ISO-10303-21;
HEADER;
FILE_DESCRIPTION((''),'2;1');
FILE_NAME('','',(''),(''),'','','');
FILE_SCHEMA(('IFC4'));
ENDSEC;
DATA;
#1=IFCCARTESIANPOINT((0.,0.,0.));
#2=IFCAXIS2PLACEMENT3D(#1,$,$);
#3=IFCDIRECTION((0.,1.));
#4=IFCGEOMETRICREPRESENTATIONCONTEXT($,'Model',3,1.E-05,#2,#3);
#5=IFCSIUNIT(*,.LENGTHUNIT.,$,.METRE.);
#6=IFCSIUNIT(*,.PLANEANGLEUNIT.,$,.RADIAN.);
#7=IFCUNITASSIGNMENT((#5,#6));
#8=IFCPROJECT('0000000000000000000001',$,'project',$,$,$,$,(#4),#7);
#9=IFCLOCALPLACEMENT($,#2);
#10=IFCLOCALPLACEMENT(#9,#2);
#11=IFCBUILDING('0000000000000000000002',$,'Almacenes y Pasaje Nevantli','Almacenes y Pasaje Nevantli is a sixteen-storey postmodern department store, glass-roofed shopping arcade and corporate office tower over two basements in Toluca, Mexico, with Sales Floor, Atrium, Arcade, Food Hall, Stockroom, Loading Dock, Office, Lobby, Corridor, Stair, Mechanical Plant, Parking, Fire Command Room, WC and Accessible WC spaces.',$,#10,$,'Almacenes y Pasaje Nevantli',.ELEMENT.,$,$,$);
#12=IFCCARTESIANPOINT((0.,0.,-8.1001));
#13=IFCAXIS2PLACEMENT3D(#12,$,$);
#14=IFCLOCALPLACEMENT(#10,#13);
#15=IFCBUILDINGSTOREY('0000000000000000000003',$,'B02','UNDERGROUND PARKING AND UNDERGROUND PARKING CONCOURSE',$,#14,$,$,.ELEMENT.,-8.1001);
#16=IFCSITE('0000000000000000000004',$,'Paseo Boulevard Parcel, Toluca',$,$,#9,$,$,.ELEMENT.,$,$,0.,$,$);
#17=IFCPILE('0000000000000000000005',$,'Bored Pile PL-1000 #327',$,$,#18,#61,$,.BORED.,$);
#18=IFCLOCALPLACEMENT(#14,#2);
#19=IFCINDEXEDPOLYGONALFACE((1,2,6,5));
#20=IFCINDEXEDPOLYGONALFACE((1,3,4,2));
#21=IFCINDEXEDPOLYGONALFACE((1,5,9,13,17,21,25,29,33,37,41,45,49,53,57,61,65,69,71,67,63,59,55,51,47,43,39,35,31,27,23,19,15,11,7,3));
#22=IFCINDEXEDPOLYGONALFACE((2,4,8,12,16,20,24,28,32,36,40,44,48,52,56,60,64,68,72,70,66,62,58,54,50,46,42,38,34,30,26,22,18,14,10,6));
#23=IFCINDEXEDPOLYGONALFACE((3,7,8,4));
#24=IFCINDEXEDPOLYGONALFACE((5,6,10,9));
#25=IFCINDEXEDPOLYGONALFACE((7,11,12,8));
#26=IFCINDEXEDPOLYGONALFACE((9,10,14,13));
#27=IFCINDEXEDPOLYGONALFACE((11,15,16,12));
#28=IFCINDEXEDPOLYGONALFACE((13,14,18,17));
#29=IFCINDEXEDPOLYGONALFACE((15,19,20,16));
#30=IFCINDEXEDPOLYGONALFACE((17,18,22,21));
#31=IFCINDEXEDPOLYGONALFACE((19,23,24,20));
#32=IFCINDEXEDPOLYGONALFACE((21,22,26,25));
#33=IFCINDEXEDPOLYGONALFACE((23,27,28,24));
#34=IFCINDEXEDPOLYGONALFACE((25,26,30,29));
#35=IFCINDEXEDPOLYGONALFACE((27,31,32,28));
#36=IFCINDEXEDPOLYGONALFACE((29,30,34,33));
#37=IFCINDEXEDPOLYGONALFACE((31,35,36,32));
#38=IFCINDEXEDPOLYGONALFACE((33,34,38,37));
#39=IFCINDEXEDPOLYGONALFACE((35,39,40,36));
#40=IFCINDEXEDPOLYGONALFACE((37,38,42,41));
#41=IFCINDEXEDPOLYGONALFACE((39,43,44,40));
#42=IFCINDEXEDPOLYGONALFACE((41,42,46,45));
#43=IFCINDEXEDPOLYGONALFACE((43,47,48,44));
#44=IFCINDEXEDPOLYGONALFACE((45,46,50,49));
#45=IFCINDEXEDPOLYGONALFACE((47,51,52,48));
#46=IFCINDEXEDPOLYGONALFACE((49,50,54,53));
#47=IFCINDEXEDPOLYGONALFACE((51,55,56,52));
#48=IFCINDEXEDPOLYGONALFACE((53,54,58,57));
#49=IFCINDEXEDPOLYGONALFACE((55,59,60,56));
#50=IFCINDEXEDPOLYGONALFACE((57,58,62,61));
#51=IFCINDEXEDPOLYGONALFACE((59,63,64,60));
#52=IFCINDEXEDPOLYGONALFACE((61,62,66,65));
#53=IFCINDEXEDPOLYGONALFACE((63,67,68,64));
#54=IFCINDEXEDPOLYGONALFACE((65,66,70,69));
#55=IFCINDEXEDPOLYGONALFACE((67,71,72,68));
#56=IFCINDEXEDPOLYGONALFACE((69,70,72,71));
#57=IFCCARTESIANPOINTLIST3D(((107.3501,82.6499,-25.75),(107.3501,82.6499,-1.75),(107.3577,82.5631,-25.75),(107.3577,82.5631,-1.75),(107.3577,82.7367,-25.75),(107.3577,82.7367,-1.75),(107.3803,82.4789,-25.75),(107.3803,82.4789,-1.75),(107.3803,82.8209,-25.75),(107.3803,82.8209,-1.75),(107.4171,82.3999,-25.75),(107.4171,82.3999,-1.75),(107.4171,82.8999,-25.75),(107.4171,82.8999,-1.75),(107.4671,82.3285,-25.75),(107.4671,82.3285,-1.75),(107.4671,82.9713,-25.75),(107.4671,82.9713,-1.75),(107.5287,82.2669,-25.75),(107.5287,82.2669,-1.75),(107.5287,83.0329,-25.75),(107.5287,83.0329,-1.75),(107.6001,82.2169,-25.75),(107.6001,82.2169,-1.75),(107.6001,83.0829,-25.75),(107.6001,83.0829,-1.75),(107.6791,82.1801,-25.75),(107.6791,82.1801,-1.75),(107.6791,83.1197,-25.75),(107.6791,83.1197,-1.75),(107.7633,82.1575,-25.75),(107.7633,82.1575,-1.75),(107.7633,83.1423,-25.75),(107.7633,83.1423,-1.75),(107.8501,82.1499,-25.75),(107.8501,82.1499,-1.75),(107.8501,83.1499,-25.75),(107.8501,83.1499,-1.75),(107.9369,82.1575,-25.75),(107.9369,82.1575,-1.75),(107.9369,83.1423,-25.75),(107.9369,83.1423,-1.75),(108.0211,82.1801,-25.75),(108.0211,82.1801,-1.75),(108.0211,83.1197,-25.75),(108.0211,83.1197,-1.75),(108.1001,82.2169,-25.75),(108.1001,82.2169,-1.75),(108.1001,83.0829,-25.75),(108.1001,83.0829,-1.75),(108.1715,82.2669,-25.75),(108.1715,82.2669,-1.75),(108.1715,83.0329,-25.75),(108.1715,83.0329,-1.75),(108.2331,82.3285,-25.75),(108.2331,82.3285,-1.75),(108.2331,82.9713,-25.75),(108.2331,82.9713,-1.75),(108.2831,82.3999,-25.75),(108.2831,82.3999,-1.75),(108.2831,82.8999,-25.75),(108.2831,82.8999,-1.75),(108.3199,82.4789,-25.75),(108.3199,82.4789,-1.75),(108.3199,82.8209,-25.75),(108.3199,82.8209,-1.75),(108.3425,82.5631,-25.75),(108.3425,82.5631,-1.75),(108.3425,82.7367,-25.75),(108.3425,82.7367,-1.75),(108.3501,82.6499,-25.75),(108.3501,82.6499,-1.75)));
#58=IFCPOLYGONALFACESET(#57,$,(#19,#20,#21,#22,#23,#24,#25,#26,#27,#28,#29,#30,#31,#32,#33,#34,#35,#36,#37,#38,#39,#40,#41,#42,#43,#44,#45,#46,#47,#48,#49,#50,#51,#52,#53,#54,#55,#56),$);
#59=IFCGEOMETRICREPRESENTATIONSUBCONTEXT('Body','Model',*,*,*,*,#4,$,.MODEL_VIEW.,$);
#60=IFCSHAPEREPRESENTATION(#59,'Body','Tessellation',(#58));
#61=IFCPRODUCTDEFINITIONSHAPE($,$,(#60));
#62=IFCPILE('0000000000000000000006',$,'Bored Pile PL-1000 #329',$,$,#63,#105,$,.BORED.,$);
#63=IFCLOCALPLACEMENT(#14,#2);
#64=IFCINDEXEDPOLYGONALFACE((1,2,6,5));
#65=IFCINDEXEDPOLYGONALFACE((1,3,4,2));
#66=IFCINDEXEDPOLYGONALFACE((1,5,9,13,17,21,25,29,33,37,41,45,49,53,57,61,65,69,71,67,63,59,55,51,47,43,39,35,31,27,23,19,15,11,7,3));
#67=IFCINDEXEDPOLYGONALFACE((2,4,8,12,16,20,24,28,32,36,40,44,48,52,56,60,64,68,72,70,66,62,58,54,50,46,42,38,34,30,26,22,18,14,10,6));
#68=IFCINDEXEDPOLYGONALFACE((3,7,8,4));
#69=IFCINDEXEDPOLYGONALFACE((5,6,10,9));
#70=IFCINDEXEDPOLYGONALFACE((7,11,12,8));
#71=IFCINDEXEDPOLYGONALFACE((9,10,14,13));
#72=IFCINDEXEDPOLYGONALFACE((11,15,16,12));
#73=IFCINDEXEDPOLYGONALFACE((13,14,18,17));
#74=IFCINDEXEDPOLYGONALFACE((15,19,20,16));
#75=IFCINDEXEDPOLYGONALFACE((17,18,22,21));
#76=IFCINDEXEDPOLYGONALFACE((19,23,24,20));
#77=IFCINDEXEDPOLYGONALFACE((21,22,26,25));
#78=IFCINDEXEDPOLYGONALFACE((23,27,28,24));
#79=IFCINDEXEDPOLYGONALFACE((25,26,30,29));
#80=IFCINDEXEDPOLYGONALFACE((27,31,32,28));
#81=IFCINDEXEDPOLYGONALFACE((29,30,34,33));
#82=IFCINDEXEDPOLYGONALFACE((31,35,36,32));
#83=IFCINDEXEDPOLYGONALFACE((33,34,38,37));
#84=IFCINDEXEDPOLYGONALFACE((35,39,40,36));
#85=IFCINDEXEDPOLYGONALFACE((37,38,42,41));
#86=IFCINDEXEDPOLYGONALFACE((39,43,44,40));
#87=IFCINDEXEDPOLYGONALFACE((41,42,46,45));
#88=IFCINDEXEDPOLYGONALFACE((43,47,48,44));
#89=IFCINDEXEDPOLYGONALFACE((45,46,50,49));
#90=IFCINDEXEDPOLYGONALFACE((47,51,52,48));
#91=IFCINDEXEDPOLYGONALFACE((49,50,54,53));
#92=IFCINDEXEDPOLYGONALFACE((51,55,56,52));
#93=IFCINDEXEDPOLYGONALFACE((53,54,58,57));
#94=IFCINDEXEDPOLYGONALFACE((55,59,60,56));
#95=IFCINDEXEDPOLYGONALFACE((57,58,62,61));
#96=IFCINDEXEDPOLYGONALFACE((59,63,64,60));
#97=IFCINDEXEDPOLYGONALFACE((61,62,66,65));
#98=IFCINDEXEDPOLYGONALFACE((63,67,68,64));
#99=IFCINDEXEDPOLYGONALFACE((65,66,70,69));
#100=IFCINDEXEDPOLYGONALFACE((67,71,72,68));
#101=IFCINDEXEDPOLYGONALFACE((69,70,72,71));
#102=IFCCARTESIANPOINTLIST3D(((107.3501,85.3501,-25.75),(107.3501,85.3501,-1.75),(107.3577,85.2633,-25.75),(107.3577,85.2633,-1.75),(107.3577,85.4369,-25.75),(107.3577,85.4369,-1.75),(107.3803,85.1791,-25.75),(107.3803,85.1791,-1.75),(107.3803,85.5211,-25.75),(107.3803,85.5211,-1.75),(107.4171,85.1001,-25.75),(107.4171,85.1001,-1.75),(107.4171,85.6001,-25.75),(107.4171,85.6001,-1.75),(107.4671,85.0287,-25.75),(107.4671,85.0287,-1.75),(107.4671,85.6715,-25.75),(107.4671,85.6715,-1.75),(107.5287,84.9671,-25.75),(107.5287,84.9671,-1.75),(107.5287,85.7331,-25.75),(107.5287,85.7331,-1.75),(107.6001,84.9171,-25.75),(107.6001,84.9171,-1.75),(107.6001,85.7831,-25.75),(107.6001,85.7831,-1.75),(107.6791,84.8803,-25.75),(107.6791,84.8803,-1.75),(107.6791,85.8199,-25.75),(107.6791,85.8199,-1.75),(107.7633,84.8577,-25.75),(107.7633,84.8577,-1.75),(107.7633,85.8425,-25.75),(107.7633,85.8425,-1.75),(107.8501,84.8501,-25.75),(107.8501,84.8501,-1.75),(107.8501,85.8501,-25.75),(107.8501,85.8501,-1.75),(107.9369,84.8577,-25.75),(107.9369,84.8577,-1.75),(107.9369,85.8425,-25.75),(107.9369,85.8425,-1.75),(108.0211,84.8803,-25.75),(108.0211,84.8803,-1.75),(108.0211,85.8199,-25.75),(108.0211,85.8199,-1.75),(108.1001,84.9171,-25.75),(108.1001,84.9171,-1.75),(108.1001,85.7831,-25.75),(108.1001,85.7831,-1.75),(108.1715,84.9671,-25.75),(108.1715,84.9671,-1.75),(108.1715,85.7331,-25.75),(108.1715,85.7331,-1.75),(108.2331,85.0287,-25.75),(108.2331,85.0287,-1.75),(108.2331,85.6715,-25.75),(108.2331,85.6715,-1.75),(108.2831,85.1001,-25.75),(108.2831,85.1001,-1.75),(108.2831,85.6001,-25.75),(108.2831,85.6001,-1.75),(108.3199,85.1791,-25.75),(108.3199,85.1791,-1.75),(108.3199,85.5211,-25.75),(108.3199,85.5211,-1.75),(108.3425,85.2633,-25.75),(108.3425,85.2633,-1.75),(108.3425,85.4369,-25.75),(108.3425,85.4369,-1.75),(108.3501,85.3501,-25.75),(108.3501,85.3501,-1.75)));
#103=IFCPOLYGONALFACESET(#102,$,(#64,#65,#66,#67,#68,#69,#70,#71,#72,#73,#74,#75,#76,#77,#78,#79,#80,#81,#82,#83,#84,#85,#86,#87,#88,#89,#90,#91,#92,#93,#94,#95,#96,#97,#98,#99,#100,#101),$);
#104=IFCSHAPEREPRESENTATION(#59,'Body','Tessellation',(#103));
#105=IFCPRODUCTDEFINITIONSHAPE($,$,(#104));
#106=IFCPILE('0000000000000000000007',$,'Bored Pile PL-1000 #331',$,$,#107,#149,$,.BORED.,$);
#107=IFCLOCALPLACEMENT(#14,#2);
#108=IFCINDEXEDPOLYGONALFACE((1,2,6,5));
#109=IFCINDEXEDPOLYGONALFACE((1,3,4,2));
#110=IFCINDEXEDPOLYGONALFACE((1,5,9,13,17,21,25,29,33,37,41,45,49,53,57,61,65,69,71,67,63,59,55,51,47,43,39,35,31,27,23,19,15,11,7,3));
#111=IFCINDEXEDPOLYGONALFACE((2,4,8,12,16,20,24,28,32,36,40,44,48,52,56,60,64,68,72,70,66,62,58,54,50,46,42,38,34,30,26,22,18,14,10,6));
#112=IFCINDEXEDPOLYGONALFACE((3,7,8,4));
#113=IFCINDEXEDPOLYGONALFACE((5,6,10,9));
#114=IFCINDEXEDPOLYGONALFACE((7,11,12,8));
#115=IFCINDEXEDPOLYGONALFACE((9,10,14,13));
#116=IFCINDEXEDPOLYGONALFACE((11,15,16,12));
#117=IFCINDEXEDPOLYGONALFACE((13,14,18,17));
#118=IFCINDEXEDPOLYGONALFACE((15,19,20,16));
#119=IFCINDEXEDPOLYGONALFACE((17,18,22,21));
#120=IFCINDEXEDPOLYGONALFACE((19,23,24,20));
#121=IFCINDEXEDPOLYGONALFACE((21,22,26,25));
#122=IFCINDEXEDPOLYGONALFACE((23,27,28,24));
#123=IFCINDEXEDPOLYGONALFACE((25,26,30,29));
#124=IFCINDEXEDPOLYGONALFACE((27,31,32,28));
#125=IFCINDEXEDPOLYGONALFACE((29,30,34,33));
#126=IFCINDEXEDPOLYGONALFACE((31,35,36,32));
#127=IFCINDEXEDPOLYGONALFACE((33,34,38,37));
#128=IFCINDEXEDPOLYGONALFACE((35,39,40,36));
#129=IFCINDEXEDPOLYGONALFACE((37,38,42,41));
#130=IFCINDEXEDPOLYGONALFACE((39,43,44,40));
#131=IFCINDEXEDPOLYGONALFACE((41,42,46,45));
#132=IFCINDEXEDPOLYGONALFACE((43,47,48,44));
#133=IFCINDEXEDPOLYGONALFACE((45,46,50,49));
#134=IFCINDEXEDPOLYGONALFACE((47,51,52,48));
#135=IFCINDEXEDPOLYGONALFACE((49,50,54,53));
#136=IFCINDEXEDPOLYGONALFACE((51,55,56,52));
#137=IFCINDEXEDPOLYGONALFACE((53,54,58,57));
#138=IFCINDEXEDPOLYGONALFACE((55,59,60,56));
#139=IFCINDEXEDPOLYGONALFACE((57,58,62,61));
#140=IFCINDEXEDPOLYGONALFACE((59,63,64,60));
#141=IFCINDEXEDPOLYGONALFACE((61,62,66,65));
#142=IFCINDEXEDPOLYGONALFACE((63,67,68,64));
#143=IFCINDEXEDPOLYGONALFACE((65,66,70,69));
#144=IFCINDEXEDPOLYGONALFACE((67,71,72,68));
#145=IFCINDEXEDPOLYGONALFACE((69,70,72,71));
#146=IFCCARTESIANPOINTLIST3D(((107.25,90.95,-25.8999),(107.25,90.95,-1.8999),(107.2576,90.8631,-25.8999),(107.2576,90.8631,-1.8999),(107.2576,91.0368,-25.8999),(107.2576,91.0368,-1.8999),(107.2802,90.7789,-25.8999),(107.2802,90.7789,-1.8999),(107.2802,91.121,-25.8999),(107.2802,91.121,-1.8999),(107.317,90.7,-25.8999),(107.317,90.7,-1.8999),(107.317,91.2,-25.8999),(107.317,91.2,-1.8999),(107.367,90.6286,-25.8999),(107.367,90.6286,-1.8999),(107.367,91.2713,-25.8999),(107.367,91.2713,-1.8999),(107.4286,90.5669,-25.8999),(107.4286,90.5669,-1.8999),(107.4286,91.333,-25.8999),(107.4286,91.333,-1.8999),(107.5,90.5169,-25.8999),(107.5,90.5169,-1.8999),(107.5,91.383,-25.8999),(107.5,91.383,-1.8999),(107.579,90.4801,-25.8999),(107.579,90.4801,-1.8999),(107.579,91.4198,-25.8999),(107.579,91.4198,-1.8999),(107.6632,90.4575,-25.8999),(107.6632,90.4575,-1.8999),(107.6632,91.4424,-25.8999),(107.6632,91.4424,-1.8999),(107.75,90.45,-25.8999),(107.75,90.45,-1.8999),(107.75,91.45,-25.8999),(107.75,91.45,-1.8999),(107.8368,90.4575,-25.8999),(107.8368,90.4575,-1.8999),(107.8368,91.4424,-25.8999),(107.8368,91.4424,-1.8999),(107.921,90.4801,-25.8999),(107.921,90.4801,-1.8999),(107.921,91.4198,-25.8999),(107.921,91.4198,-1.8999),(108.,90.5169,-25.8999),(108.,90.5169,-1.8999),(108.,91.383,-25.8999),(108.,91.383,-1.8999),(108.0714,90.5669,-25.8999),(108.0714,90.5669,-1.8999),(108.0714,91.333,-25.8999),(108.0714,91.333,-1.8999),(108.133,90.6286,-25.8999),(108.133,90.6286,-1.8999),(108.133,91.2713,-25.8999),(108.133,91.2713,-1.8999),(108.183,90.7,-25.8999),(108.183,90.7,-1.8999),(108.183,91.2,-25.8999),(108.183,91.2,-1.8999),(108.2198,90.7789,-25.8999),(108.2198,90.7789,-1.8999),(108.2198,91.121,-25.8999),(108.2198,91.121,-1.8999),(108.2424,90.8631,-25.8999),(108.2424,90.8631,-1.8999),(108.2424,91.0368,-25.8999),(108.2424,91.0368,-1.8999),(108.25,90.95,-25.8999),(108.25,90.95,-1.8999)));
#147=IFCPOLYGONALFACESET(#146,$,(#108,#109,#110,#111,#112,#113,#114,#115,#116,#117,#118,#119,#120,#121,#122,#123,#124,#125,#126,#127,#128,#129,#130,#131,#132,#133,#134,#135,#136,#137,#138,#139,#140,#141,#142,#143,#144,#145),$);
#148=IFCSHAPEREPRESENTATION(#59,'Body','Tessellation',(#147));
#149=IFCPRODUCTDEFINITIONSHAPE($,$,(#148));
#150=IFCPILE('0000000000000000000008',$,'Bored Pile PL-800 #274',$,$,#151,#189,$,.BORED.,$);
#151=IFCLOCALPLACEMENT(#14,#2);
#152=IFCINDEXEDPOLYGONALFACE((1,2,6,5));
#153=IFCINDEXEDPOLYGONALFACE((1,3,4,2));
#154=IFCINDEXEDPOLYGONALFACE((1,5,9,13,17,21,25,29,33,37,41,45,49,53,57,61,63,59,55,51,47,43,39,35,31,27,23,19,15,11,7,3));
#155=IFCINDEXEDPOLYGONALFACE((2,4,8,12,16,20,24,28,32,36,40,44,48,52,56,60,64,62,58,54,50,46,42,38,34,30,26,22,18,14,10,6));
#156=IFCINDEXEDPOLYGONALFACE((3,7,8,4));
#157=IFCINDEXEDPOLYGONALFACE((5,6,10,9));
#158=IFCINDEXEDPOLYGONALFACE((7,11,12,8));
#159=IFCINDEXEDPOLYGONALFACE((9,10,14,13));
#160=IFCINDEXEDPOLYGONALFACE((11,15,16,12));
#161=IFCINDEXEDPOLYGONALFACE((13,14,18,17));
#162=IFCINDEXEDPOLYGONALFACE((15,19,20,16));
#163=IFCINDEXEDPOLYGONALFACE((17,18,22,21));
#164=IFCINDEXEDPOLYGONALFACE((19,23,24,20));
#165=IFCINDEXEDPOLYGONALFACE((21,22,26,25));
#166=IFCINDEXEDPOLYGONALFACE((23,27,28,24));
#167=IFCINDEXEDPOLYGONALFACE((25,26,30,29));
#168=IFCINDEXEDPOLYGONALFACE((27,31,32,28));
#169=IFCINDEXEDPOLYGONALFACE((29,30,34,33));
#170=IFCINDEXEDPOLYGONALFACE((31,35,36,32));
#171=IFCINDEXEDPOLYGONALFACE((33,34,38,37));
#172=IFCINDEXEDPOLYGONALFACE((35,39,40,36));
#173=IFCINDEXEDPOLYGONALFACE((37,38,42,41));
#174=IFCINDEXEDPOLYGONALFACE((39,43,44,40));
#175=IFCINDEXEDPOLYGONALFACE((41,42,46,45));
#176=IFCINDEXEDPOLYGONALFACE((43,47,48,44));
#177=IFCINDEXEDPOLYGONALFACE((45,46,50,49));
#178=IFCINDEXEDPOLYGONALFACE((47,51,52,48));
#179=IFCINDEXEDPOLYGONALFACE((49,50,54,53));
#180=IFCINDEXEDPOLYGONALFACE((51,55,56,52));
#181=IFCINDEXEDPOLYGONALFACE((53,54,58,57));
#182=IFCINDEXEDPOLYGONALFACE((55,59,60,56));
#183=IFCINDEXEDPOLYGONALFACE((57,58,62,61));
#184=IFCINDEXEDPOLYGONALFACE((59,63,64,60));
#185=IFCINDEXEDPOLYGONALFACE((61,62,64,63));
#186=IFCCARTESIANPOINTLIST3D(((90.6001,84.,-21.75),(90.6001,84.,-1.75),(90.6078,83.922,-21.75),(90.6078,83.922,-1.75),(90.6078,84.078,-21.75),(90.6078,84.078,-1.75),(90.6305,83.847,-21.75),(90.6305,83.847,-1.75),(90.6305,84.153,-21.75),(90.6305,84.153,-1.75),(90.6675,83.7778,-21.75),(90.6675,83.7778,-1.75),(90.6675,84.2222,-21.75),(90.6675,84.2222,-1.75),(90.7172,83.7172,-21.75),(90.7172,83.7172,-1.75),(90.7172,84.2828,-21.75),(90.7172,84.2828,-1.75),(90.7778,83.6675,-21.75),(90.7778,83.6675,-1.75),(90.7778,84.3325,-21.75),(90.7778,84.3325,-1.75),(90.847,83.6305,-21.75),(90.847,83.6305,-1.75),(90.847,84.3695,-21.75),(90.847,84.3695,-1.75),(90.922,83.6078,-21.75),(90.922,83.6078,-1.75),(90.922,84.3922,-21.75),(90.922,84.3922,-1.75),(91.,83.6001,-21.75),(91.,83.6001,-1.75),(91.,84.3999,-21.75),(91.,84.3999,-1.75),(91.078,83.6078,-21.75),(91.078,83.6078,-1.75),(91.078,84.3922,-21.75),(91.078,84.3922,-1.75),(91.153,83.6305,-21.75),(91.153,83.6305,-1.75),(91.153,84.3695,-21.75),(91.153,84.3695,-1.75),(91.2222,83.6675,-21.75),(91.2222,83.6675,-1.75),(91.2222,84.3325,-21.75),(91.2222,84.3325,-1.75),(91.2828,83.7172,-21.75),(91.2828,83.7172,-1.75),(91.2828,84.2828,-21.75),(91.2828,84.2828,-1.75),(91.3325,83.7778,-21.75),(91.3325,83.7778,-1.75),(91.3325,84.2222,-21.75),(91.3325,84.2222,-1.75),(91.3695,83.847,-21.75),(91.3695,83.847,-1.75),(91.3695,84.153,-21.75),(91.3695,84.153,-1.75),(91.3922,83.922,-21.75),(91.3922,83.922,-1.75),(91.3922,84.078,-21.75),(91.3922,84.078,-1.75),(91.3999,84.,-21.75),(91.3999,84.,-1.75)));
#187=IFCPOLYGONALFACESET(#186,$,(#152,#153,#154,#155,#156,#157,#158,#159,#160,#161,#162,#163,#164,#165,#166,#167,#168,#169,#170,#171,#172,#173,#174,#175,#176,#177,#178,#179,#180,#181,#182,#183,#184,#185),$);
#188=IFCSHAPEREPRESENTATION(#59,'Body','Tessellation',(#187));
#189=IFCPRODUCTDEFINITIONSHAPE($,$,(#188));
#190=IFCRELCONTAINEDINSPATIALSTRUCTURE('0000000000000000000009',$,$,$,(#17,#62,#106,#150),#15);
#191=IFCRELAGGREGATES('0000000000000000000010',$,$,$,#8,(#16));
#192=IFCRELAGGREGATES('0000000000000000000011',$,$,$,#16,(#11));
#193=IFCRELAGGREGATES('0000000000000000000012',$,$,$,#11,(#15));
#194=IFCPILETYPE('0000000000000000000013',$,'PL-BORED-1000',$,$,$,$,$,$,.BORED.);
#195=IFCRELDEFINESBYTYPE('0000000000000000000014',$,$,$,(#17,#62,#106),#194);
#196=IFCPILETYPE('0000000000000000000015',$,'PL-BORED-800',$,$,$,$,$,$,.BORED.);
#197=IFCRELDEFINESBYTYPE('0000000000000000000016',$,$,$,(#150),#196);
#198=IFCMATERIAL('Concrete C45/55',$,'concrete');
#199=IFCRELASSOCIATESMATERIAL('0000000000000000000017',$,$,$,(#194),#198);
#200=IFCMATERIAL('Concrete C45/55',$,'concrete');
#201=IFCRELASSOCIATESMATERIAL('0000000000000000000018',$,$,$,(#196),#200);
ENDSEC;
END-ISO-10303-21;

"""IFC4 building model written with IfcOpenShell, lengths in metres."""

from ifc_helpers import new_model, si_unit, direction, frame, origin, origin_2d, place, context, subcontext, project, spatial, circle, extrude, material, material_profile, profile_set, type_object, element, save


model = new_model("IFC4")

# Units and contexts
model_context = context("Model", 3, precision=1e-05, world=origin(), true_north=direction((0.0, 1.0)))
body_context = subcontext(model_context, "Body", "Model", "MODEL_VIEW")
ifc_project = project(units=[si_unit("LENGTHUNIT", "METRE"), si_unit("PLANEANGLEUNIT", "RADIAN")], contexts=[model_context])

# Site, building, storey
site_placement = place(None, origin())
site = spatial("IfcSite", under=ifc_project, at=site_placement, Name="Paseo Boulevard Parcel, Toluca", CompositionType="ELEMENT", RefElevation=0.0)
building_placement = place(site_placement, origin())
building = spatial("IfcBuilding", under=site, at=building_placement, Name="Almacenes y Pasaje Nevantli", Description="Almacenes y Pasaje Nevantli is a sixteen-storey postmodern department store, glass-roofed shopping arcade and corporate office tower over two basements in Toluca, Mexico, with Sales Floor, Atrium, Arcade, Food Hall, Stockroom, Loading Dock, Office, Lobby, Corridor, Stair, Mechanical Plant, Parking, Fire Command Room, WC and Accessible WC spaces.", LongName="Almacenes y Pasaje Nevantli", CompositionType="ELEMENT")
storey_placement = place(building_placement, frame((0.0, 0.0, -8.1001)))
storey = spatial("IfcBuildingStorey", under=building, at=storey_placement, Name="B02", Description="UNDERGROUND PARKING AND UNDERGROUND PARKING CONCOURSE", CompositionType="ELEMENT", Elevation=-8.1001)

# Piles
ifc_material_1 = material(Name="Concrete C45/55", Category="concrete")
ifc_material_profile_1 = material_profile(ifc_material_1, circle(Radius=0.5, at=origin_2d()), Name="RC-PILE-D1000")
ifc_profile_set_1 = profile_set([ifc_material_profile_1], Name="Concrete C45/55")
pile_type_1 = type_object("IfcPileType", Name="PL-BORED-1000", PredefinedType="BORED", material=ifc_profile_set_1)
for number, where, z_axis, x_axis, name in (
    (1, (107.8501, 82.6499, -1.75), (0.0, 0.0, -1.0), (1.0, 0.0, 0.0), "Bored Pile PL-1000 #327"),
    (2, (107.8501, 85.3501, -1.75), (0.0, 0.0, -1.0), (1.0, 0.0, 0.0), "Bored Pile PL-1000 #329"),
    (3, (107.75, 90.95, -1.8999), (0.0, 0.0, -1.0), (1.0, 0.0, 0.0), "Bored Pile PL-1000 #331"),
):
    element("IfcPile", number, at=place(storey_placement, frame(where, z_axis=z_axis, x_axis=x_axis)), inside=storey, type_object=pile_type_1, Name=name, PredefinedType="BORED", context=body_context, shape_type="SweptSolid", body=[
        extrude(circle(Radius=0.5, at=origin_2d()), origin(), (0.0, 0.0, 1.0), 24.0),
    ])
ifc_material_2 = material(Name="Concrete C45/55", Category="concrete")
ifc_material_profile_2 = material_profile(ifc_material_2, circle(Radius=0.3999, at=origin_2d()), Name="RC-PILE-D800")
ifc_profile_set_2 = profile_set([ifc_material_profile_2], Name="Concrete C45/55")
pile_type_2 = type_object("IfcPileType", Name="PL-BORED-800", PredefinedType="BORED", material=ifc_profile_set_2)
for number, where, z_axis, x_axis, name in (
    (4, (91.0, 84.0, -1.75), (0.0, 0.0, -1.0), (1.0, 0.0, 0.0), "Bored Pile PL-800 #274"),
):
    element("IfcPile", number, at=place(storey_placement, frame(where, z_axis=z_axis, x_axis=x_axis)), inside=storey, type_object=pile_type_2, Name=name, PredefinedType="BORED", context=body_context, shape_type="SweptSolid", body=[
        extrude(circle(Radius=0.3999, at=origin_2d()), origin(), (0.0, 0.0, 1.0), 20.0),
    ])

save(model, "model.ifc")
